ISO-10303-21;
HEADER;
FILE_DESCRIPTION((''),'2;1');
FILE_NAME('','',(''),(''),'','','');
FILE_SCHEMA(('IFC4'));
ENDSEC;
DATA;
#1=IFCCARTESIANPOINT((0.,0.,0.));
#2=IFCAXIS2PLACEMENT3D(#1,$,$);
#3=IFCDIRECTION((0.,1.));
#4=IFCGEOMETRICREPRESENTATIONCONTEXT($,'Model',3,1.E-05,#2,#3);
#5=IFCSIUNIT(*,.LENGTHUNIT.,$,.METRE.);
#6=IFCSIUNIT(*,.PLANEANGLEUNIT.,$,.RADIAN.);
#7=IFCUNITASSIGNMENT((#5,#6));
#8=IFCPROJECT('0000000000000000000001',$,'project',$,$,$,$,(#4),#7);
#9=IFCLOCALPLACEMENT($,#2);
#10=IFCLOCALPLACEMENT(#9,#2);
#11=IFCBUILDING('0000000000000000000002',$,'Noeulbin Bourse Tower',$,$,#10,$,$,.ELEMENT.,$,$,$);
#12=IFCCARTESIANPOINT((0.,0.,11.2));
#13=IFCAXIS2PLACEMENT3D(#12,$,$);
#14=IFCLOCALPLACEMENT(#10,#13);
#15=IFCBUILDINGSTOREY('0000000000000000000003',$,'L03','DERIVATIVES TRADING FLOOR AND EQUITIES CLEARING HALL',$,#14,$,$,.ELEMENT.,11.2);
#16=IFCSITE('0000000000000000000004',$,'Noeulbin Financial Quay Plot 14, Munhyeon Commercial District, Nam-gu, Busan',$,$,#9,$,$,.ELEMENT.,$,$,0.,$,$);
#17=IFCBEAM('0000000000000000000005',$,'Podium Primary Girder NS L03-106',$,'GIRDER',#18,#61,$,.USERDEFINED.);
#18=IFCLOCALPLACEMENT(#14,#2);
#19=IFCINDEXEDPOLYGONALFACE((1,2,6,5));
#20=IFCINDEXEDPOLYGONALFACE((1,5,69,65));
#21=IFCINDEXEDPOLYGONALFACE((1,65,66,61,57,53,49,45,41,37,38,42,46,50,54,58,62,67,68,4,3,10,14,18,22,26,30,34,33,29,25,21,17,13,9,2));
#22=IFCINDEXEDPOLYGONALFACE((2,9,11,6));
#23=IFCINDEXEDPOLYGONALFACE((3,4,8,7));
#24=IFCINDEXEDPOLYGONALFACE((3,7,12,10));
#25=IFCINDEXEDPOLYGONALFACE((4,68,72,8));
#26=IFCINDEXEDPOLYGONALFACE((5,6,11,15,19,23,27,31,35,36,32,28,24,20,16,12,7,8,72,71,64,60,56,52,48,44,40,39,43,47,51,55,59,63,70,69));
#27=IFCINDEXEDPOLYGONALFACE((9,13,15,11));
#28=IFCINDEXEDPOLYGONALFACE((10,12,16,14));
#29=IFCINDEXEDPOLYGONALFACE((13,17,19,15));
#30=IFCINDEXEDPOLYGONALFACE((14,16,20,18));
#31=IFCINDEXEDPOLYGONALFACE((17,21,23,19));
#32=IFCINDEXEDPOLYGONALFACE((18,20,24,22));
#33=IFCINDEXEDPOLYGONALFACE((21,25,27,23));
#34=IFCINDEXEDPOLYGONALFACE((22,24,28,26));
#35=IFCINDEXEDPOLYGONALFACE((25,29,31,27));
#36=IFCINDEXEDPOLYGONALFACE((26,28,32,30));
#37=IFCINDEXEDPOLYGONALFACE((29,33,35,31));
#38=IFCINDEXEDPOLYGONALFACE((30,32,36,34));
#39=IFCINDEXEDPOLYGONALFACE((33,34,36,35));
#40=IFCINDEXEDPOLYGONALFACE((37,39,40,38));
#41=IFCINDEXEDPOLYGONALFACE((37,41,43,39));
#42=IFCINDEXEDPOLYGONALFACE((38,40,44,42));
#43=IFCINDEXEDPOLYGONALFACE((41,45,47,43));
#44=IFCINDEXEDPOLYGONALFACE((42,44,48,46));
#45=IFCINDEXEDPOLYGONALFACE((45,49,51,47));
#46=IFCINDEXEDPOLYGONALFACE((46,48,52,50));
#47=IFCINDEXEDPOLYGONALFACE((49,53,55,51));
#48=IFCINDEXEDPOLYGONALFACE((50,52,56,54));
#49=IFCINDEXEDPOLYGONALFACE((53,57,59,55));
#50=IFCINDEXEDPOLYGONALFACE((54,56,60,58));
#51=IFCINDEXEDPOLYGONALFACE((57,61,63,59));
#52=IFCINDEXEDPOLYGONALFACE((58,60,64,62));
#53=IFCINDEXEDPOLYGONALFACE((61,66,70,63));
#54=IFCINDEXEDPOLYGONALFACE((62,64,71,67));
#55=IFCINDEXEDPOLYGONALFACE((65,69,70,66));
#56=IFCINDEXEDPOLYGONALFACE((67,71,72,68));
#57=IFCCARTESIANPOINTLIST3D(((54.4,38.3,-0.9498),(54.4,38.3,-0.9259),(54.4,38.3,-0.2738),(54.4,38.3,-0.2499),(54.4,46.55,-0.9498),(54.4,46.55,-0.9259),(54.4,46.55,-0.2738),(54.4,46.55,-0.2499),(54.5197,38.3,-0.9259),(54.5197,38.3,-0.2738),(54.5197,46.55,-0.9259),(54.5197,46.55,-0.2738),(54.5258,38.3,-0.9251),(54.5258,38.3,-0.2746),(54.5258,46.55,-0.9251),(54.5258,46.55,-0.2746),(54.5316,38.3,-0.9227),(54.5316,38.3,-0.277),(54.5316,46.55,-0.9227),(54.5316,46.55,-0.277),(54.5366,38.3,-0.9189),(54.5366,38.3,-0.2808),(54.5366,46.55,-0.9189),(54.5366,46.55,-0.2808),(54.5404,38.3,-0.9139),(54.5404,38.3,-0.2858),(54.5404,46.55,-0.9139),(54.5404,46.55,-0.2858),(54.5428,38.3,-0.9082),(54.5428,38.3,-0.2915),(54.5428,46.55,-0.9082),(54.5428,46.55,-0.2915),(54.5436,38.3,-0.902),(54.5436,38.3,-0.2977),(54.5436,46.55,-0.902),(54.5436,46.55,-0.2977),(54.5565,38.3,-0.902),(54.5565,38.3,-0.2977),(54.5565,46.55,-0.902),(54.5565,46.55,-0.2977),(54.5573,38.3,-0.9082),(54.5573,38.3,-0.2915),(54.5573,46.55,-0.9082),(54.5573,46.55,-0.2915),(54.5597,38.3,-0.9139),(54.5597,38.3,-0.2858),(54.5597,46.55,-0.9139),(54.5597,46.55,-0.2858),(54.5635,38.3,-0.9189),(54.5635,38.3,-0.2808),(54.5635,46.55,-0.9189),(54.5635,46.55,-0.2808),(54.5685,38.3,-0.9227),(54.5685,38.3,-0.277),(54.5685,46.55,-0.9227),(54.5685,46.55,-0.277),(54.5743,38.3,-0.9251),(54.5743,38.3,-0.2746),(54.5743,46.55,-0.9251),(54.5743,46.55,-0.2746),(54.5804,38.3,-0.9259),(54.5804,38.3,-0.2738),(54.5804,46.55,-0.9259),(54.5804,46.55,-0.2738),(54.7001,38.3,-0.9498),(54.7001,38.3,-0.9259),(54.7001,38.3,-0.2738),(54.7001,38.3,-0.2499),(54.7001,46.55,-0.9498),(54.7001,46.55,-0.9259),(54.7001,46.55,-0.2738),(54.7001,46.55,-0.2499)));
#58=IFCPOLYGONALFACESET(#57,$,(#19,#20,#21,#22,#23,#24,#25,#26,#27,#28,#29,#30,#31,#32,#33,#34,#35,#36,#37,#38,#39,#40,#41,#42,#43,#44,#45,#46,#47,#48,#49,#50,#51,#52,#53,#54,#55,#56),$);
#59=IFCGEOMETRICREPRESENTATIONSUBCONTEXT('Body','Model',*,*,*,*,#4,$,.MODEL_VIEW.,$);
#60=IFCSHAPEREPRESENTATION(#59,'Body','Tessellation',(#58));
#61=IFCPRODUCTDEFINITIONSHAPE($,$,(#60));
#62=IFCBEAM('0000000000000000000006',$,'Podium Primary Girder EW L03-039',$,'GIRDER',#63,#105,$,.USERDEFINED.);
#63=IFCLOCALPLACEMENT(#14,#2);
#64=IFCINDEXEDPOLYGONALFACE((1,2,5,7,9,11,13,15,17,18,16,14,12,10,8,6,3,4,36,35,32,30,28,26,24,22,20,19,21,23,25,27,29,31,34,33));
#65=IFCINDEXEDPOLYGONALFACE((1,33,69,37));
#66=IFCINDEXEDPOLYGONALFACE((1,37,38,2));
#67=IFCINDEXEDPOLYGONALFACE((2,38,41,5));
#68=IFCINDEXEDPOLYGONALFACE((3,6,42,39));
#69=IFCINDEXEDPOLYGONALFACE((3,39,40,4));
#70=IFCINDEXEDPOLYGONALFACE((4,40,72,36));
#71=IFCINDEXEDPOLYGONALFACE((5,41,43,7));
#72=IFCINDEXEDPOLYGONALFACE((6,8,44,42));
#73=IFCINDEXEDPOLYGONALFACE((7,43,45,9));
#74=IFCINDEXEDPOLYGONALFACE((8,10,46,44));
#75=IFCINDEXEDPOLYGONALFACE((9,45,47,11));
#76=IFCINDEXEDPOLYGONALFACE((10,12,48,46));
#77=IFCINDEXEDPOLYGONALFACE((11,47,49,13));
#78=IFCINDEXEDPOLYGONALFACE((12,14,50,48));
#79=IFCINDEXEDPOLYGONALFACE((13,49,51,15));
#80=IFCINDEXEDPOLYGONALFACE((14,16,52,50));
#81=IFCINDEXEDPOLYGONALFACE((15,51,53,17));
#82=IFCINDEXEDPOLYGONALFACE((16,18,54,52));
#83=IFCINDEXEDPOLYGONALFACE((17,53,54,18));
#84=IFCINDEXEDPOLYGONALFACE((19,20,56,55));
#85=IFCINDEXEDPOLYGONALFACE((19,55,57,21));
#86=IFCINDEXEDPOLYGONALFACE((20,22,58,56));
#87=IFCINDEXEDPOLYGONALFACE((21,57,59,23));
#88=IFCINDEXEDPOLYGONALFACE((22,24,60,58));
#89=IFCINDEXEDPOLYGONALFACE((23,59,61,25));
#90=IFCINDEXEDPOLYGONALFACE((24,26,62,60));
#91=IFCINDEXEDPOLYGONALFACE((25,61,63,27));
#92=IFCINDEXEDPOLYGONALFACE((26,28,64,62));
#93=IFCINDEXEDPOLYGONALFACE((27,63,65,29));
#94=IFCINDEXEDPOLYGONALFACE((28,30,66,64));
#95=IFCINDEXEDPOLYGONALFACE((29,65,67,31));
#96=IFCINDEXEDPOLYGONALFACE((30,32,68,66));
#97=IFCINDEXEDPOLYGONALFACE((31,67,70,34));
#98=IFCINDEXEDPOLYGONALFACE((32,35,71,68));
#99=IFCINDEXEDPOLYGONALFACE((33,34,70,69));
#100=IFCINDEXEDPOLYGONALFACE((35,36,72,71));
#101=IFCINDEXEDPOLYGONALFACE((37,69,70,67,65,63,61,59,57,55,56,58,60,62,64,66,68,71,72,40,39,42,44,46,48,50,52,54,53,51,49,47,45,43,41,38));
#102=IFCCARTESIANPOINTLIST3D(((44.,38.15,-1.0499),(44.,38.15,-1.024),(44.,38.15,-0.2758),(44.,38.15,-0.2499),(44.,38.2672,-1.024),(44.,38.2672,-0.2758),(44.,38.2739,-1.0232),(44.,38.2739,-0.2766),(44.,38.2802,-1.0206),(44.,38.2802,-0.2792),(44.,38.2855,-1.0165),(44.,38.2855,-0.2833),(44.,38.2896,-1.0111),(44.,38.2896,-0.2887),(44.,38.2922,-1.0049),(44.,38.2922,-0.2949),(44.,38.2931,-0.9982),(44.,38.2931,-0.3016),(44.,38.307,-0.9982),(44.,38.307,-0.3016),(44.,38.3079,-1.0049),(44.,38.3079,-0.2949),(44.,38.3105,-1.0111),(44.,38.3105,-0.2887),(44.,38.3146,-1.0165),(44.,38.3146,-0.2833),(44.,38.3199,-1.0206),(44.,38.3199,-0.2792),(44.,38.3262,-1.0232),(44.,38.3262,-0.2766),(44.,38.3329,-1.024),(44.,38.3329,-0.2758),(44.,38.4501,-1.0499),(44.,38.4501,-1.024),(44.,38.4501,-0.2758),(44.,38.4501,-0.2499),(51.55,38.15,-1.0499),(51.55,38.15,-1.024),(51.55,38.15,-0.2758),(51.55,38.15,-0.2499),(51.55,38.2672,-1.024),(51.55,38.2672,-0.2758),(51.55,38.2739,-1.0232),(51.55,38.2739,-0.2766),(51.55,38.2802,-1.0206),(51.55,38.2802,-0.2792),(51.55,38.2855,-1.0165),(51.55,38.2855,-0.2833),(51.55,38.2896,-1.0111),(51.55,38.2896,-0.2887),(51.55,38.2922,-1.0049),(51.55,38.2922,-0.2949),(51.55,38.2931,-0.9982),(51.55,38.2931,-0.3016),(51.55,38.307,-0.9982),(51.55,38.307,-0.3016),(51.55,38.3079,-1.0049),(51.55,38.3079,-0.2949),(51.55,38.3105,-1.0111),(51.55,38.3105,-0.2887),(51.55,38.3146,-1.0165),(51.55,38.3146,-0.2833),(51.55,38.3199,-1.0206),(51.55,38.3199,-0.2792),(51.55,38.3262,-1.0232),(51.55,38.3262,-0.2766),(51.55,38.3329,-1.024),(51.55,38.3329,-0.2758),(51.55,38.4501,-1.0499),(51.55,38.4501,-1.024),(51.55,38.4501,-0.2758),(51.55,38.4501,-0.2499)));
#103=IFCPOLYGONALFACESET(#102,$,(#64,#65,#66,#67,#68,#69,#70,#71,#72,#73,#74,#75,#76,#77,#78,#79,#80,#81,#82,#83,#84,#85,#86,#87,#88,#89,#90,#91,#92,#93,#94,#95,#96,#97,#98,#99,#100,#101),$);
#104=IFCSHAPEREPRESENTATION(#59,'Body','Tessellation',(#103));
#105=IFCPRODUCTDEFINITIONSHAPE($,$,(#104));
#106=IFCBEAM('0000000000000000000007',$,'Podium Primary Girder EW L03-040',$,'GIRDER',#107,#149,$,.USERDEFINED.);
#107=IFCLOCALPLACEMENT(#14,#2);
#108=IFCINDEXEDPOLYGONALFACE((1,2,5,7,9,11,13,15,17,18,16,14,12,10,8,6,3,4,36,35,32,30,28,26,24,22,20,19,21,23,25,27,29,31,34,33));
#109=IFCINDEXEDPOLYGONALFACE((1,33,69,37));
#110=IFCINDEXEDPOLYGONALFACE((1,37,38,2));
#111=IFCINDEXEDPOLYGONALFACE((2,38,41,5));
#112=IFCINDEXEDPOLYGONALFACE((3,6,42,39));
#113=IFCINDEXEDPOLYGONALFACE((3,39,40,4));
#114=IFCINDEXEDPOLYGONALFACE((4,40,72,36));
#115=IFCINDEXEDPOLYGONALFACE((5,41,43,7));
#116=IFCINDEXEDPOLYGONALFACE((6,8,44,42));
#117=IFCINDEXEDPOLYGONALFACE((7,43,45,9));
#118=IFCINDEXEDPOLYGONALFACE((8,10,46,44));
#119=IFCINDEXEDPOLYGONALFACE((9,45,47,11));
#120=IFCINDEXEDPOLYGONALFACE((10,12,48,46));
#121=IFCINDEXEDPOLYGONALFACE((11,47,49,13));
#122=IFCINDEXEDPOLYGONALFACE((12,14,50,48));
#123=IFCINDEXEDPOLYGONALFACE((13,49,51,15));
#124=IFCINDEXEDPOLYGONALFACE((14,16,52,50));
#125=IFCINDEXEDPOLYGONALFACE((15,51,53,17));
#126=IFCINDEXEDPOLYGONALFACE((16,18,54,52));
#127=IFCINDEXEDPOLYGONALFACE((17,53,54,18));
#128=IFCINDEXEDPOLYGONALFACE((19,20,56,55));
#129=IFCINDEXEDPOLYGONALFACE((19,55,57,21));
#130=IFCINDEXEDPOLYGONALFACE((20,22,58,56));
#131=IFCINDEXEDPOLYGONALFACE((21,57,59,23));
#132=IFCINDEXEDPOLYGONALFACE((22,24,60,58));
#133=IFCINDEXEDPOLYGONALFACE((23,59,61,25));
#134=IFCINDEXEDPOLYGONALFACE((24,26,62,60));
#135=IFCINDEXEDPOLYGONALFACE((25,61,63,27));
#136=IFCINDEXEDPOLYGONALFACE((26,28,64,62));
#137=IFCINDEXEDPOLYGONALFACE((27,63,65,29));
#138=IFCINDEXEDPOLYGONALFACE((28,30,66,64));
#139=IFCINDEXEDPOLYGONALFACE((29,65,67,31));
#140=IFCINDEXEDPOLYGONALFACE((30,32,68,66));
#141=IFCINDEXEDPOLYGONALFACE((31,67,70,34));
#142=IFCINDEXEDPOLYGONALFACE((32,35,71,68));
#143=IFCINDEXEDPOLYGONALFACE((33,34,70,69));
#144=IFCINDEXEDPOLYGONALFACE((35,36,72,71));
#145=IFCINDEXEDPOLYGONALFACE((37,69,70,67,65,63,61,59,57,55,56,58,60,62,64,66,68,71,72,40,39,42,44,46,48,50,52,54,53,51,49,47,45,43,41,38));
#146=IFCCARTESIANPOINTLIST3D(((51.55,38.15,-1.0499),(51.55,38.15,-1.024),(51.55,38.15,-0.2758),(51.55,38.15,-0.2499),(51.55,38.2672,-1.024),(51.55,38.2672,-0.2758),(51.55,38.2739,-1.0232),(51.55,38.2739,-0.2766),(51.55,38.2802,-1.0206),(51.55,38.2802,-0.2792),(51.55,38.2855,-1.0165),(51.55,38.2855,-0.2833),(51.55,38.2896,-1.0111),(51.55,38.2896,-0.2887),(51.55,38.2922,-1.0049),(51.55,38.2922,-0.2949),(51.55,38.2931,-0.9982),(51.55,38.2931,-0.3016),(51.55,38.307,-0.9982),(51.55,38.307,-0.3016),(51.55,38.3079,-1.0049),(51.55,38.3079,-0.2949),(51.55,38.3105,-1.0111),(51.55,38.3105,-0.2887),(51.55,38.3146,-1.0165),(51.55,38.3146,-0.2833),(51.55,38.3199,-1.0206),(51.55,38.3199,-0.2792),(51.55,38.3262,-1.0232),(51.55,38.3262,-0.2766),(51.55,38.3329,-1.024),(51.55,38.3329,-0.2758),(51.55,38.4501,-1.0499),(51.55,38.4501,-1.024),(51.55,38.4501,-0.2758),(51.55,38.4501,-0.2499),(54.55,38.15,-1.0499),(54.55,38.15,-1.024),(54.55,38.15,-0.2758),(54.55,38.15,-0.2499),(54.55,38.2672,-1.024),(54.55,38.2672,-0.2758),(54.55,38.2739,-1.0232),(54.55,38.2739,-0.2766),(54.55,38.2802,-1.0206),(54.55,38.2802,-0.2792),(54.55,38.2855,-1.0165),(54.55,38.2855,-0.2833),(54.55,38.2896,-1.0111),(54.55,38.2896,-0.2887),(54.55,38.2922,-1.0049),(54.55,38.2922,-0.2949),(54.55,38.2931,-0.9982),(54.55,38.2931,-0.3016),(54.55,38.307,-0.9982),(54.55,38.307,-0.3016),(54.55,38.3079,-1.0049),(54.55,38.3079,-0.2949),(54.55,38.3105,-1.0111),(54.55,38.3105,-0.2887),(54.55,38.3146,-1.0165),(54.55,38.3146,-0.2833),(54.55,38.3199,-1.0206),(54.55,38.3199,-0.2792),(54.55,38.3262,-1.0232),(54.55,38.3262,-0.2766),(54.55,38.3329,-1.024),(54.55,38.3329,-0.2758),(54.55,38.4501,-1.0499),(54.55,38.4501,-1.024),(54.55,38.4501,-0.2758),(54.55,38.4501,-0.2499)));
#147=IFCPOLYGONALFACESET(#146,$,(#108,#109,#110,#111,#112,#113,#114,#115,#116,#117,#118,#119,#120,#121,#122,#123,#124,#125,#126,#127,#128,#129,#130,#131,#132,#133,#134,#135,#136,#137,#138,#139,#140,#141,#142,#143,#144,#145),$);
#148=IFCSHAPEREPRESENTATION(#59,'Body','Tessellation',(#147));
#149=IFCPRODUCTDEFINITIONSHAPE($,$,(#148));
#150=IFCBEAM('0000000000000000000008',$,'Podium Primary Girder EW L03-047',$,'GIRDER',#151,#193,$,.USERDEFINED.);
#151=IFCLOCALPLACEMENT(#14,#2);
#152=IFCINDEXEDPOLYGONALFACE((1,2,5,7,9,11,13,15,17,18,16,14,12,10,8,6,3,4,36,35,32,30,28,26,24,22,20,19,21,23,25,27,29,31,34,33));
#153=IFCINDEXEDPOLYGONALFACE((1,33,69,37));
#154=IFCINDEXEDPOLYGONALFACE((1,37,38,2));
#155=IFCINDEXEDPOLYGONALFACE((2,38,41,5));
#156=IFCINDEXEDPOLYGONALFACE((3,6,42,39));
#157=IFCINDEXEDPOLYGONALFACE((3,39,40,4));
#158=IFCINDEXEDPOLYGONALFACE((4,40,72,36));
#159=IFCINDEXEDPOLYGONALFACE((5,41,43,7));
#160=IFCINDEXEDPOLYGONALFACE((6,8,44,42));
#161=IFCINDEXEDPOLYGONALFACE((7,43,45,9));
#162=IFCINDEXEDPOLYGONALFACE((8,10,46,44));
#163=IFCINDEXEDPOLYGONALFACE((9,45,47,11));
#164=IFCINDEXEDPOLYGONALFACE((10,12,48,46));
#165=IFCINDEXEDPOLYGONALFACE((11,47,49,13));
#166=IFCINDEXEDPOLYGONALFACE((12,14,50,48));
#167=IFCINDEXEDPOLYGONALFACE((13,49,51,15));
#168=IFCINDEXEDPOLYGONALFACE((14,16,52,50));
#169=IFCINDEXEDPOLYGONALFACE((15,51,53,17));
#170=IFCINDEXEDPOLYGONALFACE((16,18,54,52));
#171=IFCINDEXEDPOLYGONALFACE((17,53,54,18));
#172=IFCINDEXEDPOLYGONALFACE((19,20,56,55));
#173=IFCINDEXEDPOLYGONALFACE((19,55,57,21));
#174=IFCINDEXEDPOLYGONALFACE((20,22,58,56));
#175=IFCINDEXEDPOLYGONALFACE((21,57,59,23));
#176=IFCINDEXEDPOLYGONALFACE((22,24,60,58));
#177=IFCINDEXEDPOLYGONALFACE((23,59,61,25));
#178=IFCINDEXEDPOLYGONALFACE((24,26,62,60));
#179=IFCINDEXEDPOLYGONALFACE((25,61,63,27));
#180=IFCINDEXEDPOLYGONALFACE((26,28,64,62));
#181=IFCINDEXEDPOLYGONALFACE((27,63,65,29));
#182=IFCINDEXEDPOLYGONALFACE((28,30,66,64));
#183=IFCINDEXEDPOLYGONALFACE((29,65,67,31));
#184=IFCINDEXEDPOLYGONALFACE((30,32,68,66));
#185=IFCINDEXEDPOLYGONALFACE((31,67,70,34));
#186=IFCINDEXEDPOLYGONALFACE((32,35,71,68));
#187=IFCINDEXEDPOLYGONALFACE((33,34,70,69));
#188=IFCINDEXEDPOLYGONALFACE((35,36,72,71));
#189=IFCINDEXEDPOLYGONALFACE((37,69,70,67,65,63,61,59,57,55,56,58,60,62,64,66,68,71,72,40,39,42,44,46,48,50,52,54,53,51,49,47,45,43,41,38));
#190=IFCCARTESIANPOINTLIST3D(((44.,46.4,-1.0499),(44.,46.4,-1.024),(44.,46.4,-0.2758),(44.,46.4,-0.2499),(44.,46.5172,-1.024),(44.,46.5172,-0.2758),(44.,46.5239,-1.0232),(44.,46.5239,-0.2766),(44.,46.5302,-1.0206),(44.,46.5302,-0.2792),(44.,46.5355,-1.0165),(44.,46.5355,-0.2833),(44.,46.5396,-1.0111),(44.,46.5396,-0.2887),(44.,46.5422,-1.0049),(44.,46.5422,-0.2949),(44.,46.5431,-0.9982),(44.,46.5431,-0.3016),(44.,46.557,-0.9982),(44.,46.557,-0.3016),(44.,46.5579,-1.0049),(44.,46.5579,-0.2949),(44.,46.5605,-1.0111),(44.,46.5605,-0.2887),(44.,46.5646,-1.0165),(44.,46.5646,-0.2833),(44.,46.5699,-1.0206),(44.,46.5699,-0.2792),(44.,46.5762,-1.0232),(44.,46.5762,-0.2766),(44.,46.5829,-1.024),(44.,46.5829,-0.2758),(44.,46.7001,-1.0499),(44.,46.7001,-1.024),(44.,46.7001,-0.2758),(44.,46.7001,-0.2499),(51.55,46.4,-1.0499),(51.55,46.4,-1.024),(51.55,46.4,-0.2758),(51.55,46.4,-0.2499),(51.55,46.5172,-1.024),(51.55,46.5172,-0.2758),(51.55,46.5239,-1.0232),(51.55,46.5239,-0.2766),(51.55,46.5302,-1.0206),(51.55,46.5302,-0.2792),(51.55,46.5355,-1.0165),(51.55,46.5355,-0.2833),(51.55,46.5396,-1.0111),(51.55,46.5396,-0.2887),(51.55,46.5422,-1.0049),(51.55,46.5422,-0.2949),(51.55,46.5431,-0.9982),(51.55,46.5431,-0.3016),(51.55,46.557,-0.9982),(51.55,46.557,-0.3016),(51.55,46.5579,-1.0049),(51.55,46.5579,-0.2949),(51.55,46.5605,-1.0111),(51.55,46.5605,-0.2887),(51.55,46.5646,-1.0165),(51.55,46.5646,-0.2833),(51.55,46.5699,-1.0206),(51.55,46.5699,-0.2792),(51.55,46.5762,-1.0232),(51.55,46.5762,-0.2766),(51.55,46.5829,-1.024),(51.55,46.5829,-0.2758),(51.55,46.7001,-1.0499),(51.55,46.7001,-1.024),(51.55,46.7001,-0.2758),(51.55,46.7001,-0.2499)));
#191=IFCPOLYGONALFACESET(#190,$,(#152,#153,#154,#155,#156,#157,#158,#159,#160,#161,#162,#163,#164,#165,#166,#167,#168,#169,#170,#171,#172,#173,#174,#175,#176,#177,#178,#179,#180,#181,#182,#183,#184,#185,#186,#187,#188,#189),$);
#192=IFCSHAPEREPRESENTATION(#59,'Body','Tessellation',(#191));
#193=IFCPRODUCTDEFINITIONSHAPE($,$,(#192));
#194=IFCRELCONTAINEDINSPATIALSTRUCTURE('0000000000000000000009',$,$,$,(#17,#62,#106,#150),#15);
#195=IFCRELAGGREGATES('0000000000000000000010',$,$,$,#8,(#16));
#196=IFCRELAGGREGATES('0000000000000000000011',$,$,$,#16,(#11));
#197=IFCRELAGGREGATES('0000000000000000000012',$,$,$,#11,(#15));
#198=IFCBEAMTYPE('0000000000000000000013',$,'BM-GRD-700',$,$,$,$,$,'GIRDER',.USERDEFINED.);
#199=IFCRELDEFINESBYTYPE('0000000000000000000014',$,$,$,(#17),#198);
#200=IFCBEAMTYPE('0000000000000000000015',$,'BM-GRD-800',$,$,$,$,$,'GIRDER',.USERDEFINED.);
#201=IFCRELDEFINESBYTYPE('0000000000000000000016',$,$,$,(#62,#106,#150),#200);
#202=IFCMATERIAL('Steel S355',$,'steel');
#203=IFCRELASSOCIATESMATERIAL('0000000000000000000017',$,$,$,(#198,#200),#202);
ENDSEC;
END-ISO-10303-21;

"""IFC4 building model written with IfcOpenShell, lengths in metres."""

from ifc_helpers import new_model, si_unit, direction, frame, origin, origin_2d, place, context, subcontext, project, spatial, i_section, extrude, material, material_profile, profile_set, type_object, element, save


model = new_model("IFC4")

# Units and contexts
model_context = context("Model", 3, precision=1e-05, world=origin(), true_north=direction((0.0, 1.0)))
body_context = subcontext(model_context, "Body", "Model", "MODEL_VIEW")
ifc_project = project(units=[si_unit("LENGTHUNIT", "METRE"), si_unit("PLANEANGLEUNIT", "RADIAN")], contexts=[model_context])

# Site, building, storey
site_placement = place(None, origin())
site = spatial("IfcSite", under=ifc_project, at=site_placement, Name="Noeulbin Financial Quay Plot 14, Munhyeon Commercial District, Nam-gu, Busan", CompositionType="ELEMENT", RefElevation=0.0)
building_placement = place(site_placement, origin())
building = spatial("IfcBuilding", under=site, at=building_placement, Name="Noeulbin Bourse Tower", CompositionType="ELEMENT")
storey_placement = place(building_placement, frame((0.0, 0.0, 11.2)))
storey = spatial("IfcBuildingStorey", under=building, at=storey_placement, Name="L03", Description="DERIVATIVES TRADING FLOOR AND EQUITIES CLEARING HALL", CompositionType="ELEMENT", Elevation=11.2)

# Beams
ifc_material_1 = material(Name="Steel S355", Category="steel")
ifc_material_profile_1 = material_profile(ifc_material_1, i_section(OverallWidth=0.3, OverallDepth=0.7, WebThickness=0.0129, FlangeThickness=0.0239, FilletRadius=0.0239, at=origin_2d()), Name="H-700x300x13x24", Category="LoadBearing")
ifc_profile_set_1 = profile_set([ifc_material_profile_1], Name="Steel S355")
beam_type_1 = type_object("IfcBeamType", Name="BM-GRD-700", ElementType="GIRDER", PredefinedType="USERDEFINED", material=ifc_profile_set_1)
beam_1_placement = place(storey_placement, frame((54.55, 38.3, -0.5999), z_axis=(0.0, 1.0, 0.0), x_axis=(-1.0, 0.0, 0.0)))
element("IfcBeam", 1, at=beam_1_placement, inside=storey, type_object=beam_type_1, Name="Podium Primary Girder NS L03-106", ObjectType="GIRDER", PredefinedType="USERDEFINED", context=body_context, shape_type="SweptSolid", body=[
    extrude(i_section(OverallWidth=0.3, OverallDepth=0.7, WebThickness=0.0129, FlangeThickness=0.0239, FilletRadius=0.0239, at=origin_2d()), origin(), (0.0, 0.0, 1.0), 8.25),
])
ifc_material_profile_2 = material_profile(ifc_material_1, i_section(OverallWidth=0.3, OverallDepth=0.8, WebThickness=0.0139, FlangeThickness=0.0259, FilletRadius=0.0259, at=origin_2d()), Name="H-800x300x14x26", Category="LoadBearing")
ifc_profile_set_2 = profile_set([ifc_material_profile_2], Name="Steel S355")
beam_type_2 = type_object("IfcBeamType", Name="BM-GRD-800", ElementType="GIRDER", PredefinedType="USERDEFINED", material=ifc_profile_set_2)
beam_2_placement = place(storey_placement, frame((44.0, 38.3, -0.6499), z_axis=(1.0, 0.0, 0.0), x_axis=(0.0, 1.0, 0.0)))
element("IfcBeam", 2, at=beam_2_placement, inside=storey, type_object=beam_type_2, Name="Podium Primary Girder EW L03-039", ObjectType="GIRDER", PredefinedType="USERDEFINED", context=body_context, shape_type="SweptSolid", body=[
    extrude(i_section(OverallWidth=0.3, OverallDepth=0.8, WebThickness=0.0139, FlangeThickness=0.0259, FilletRadius=0.0259, at=origin_2d()), origin(), (0.0, 0.0, 1.0), 7.55),
])
beam_3_placement = place(storey_placement, frame((51.55, 38.3, -0.6499), z_axis=(1.0, 0.0, 0.0), x_axis=(0.0, 1.0, 0.0)))
element("IfcBeam", 3, at=beam_3_placement, inside=storey, type_object=beam_type_2, Name="Podium Primary Girder EW L03-040", ObjectType="GIRDER", PredefinedType="USERDEFINED", context=body_context, shape_type="SweptSolid", body=[
    extrude(i_section(OverallWidth=0.3, OverallDepth=0.8, WebThickness=0.0139, FlangeThickness=0.0259, FilletRadius=0.0259, at=origin_2d()), origin(), (0.0, 0.0, 1.0), 3.0),
])
beam_4_placement = place(storey_placement, frame((44.0, 46.55, -0.6499), z_axis=(1.0, 0.0, 0.0), x_axis=(0.0, 1.0, 0.0)))
element("IfcBeam", 4, at=beam_4_placement, inside=storey, type_object=beam_type_2, Name="Podium Primary Girder EW L03-047", ObjectType="GIRDER", PredefinedType="USERDEFINED", context=body_context, shape_type="SweptSolid", body=[
    extrude(i_section(OverallWidth=0.3, OverallDepth=0.8, WebThickness=0.0139, FlangeThickness=0.0259, FilletRadius=0.0259, at=origin_2d()), origin(), (0.0, 0.0, 1.0), 7.55),
])

save(model, "model.ifc")
